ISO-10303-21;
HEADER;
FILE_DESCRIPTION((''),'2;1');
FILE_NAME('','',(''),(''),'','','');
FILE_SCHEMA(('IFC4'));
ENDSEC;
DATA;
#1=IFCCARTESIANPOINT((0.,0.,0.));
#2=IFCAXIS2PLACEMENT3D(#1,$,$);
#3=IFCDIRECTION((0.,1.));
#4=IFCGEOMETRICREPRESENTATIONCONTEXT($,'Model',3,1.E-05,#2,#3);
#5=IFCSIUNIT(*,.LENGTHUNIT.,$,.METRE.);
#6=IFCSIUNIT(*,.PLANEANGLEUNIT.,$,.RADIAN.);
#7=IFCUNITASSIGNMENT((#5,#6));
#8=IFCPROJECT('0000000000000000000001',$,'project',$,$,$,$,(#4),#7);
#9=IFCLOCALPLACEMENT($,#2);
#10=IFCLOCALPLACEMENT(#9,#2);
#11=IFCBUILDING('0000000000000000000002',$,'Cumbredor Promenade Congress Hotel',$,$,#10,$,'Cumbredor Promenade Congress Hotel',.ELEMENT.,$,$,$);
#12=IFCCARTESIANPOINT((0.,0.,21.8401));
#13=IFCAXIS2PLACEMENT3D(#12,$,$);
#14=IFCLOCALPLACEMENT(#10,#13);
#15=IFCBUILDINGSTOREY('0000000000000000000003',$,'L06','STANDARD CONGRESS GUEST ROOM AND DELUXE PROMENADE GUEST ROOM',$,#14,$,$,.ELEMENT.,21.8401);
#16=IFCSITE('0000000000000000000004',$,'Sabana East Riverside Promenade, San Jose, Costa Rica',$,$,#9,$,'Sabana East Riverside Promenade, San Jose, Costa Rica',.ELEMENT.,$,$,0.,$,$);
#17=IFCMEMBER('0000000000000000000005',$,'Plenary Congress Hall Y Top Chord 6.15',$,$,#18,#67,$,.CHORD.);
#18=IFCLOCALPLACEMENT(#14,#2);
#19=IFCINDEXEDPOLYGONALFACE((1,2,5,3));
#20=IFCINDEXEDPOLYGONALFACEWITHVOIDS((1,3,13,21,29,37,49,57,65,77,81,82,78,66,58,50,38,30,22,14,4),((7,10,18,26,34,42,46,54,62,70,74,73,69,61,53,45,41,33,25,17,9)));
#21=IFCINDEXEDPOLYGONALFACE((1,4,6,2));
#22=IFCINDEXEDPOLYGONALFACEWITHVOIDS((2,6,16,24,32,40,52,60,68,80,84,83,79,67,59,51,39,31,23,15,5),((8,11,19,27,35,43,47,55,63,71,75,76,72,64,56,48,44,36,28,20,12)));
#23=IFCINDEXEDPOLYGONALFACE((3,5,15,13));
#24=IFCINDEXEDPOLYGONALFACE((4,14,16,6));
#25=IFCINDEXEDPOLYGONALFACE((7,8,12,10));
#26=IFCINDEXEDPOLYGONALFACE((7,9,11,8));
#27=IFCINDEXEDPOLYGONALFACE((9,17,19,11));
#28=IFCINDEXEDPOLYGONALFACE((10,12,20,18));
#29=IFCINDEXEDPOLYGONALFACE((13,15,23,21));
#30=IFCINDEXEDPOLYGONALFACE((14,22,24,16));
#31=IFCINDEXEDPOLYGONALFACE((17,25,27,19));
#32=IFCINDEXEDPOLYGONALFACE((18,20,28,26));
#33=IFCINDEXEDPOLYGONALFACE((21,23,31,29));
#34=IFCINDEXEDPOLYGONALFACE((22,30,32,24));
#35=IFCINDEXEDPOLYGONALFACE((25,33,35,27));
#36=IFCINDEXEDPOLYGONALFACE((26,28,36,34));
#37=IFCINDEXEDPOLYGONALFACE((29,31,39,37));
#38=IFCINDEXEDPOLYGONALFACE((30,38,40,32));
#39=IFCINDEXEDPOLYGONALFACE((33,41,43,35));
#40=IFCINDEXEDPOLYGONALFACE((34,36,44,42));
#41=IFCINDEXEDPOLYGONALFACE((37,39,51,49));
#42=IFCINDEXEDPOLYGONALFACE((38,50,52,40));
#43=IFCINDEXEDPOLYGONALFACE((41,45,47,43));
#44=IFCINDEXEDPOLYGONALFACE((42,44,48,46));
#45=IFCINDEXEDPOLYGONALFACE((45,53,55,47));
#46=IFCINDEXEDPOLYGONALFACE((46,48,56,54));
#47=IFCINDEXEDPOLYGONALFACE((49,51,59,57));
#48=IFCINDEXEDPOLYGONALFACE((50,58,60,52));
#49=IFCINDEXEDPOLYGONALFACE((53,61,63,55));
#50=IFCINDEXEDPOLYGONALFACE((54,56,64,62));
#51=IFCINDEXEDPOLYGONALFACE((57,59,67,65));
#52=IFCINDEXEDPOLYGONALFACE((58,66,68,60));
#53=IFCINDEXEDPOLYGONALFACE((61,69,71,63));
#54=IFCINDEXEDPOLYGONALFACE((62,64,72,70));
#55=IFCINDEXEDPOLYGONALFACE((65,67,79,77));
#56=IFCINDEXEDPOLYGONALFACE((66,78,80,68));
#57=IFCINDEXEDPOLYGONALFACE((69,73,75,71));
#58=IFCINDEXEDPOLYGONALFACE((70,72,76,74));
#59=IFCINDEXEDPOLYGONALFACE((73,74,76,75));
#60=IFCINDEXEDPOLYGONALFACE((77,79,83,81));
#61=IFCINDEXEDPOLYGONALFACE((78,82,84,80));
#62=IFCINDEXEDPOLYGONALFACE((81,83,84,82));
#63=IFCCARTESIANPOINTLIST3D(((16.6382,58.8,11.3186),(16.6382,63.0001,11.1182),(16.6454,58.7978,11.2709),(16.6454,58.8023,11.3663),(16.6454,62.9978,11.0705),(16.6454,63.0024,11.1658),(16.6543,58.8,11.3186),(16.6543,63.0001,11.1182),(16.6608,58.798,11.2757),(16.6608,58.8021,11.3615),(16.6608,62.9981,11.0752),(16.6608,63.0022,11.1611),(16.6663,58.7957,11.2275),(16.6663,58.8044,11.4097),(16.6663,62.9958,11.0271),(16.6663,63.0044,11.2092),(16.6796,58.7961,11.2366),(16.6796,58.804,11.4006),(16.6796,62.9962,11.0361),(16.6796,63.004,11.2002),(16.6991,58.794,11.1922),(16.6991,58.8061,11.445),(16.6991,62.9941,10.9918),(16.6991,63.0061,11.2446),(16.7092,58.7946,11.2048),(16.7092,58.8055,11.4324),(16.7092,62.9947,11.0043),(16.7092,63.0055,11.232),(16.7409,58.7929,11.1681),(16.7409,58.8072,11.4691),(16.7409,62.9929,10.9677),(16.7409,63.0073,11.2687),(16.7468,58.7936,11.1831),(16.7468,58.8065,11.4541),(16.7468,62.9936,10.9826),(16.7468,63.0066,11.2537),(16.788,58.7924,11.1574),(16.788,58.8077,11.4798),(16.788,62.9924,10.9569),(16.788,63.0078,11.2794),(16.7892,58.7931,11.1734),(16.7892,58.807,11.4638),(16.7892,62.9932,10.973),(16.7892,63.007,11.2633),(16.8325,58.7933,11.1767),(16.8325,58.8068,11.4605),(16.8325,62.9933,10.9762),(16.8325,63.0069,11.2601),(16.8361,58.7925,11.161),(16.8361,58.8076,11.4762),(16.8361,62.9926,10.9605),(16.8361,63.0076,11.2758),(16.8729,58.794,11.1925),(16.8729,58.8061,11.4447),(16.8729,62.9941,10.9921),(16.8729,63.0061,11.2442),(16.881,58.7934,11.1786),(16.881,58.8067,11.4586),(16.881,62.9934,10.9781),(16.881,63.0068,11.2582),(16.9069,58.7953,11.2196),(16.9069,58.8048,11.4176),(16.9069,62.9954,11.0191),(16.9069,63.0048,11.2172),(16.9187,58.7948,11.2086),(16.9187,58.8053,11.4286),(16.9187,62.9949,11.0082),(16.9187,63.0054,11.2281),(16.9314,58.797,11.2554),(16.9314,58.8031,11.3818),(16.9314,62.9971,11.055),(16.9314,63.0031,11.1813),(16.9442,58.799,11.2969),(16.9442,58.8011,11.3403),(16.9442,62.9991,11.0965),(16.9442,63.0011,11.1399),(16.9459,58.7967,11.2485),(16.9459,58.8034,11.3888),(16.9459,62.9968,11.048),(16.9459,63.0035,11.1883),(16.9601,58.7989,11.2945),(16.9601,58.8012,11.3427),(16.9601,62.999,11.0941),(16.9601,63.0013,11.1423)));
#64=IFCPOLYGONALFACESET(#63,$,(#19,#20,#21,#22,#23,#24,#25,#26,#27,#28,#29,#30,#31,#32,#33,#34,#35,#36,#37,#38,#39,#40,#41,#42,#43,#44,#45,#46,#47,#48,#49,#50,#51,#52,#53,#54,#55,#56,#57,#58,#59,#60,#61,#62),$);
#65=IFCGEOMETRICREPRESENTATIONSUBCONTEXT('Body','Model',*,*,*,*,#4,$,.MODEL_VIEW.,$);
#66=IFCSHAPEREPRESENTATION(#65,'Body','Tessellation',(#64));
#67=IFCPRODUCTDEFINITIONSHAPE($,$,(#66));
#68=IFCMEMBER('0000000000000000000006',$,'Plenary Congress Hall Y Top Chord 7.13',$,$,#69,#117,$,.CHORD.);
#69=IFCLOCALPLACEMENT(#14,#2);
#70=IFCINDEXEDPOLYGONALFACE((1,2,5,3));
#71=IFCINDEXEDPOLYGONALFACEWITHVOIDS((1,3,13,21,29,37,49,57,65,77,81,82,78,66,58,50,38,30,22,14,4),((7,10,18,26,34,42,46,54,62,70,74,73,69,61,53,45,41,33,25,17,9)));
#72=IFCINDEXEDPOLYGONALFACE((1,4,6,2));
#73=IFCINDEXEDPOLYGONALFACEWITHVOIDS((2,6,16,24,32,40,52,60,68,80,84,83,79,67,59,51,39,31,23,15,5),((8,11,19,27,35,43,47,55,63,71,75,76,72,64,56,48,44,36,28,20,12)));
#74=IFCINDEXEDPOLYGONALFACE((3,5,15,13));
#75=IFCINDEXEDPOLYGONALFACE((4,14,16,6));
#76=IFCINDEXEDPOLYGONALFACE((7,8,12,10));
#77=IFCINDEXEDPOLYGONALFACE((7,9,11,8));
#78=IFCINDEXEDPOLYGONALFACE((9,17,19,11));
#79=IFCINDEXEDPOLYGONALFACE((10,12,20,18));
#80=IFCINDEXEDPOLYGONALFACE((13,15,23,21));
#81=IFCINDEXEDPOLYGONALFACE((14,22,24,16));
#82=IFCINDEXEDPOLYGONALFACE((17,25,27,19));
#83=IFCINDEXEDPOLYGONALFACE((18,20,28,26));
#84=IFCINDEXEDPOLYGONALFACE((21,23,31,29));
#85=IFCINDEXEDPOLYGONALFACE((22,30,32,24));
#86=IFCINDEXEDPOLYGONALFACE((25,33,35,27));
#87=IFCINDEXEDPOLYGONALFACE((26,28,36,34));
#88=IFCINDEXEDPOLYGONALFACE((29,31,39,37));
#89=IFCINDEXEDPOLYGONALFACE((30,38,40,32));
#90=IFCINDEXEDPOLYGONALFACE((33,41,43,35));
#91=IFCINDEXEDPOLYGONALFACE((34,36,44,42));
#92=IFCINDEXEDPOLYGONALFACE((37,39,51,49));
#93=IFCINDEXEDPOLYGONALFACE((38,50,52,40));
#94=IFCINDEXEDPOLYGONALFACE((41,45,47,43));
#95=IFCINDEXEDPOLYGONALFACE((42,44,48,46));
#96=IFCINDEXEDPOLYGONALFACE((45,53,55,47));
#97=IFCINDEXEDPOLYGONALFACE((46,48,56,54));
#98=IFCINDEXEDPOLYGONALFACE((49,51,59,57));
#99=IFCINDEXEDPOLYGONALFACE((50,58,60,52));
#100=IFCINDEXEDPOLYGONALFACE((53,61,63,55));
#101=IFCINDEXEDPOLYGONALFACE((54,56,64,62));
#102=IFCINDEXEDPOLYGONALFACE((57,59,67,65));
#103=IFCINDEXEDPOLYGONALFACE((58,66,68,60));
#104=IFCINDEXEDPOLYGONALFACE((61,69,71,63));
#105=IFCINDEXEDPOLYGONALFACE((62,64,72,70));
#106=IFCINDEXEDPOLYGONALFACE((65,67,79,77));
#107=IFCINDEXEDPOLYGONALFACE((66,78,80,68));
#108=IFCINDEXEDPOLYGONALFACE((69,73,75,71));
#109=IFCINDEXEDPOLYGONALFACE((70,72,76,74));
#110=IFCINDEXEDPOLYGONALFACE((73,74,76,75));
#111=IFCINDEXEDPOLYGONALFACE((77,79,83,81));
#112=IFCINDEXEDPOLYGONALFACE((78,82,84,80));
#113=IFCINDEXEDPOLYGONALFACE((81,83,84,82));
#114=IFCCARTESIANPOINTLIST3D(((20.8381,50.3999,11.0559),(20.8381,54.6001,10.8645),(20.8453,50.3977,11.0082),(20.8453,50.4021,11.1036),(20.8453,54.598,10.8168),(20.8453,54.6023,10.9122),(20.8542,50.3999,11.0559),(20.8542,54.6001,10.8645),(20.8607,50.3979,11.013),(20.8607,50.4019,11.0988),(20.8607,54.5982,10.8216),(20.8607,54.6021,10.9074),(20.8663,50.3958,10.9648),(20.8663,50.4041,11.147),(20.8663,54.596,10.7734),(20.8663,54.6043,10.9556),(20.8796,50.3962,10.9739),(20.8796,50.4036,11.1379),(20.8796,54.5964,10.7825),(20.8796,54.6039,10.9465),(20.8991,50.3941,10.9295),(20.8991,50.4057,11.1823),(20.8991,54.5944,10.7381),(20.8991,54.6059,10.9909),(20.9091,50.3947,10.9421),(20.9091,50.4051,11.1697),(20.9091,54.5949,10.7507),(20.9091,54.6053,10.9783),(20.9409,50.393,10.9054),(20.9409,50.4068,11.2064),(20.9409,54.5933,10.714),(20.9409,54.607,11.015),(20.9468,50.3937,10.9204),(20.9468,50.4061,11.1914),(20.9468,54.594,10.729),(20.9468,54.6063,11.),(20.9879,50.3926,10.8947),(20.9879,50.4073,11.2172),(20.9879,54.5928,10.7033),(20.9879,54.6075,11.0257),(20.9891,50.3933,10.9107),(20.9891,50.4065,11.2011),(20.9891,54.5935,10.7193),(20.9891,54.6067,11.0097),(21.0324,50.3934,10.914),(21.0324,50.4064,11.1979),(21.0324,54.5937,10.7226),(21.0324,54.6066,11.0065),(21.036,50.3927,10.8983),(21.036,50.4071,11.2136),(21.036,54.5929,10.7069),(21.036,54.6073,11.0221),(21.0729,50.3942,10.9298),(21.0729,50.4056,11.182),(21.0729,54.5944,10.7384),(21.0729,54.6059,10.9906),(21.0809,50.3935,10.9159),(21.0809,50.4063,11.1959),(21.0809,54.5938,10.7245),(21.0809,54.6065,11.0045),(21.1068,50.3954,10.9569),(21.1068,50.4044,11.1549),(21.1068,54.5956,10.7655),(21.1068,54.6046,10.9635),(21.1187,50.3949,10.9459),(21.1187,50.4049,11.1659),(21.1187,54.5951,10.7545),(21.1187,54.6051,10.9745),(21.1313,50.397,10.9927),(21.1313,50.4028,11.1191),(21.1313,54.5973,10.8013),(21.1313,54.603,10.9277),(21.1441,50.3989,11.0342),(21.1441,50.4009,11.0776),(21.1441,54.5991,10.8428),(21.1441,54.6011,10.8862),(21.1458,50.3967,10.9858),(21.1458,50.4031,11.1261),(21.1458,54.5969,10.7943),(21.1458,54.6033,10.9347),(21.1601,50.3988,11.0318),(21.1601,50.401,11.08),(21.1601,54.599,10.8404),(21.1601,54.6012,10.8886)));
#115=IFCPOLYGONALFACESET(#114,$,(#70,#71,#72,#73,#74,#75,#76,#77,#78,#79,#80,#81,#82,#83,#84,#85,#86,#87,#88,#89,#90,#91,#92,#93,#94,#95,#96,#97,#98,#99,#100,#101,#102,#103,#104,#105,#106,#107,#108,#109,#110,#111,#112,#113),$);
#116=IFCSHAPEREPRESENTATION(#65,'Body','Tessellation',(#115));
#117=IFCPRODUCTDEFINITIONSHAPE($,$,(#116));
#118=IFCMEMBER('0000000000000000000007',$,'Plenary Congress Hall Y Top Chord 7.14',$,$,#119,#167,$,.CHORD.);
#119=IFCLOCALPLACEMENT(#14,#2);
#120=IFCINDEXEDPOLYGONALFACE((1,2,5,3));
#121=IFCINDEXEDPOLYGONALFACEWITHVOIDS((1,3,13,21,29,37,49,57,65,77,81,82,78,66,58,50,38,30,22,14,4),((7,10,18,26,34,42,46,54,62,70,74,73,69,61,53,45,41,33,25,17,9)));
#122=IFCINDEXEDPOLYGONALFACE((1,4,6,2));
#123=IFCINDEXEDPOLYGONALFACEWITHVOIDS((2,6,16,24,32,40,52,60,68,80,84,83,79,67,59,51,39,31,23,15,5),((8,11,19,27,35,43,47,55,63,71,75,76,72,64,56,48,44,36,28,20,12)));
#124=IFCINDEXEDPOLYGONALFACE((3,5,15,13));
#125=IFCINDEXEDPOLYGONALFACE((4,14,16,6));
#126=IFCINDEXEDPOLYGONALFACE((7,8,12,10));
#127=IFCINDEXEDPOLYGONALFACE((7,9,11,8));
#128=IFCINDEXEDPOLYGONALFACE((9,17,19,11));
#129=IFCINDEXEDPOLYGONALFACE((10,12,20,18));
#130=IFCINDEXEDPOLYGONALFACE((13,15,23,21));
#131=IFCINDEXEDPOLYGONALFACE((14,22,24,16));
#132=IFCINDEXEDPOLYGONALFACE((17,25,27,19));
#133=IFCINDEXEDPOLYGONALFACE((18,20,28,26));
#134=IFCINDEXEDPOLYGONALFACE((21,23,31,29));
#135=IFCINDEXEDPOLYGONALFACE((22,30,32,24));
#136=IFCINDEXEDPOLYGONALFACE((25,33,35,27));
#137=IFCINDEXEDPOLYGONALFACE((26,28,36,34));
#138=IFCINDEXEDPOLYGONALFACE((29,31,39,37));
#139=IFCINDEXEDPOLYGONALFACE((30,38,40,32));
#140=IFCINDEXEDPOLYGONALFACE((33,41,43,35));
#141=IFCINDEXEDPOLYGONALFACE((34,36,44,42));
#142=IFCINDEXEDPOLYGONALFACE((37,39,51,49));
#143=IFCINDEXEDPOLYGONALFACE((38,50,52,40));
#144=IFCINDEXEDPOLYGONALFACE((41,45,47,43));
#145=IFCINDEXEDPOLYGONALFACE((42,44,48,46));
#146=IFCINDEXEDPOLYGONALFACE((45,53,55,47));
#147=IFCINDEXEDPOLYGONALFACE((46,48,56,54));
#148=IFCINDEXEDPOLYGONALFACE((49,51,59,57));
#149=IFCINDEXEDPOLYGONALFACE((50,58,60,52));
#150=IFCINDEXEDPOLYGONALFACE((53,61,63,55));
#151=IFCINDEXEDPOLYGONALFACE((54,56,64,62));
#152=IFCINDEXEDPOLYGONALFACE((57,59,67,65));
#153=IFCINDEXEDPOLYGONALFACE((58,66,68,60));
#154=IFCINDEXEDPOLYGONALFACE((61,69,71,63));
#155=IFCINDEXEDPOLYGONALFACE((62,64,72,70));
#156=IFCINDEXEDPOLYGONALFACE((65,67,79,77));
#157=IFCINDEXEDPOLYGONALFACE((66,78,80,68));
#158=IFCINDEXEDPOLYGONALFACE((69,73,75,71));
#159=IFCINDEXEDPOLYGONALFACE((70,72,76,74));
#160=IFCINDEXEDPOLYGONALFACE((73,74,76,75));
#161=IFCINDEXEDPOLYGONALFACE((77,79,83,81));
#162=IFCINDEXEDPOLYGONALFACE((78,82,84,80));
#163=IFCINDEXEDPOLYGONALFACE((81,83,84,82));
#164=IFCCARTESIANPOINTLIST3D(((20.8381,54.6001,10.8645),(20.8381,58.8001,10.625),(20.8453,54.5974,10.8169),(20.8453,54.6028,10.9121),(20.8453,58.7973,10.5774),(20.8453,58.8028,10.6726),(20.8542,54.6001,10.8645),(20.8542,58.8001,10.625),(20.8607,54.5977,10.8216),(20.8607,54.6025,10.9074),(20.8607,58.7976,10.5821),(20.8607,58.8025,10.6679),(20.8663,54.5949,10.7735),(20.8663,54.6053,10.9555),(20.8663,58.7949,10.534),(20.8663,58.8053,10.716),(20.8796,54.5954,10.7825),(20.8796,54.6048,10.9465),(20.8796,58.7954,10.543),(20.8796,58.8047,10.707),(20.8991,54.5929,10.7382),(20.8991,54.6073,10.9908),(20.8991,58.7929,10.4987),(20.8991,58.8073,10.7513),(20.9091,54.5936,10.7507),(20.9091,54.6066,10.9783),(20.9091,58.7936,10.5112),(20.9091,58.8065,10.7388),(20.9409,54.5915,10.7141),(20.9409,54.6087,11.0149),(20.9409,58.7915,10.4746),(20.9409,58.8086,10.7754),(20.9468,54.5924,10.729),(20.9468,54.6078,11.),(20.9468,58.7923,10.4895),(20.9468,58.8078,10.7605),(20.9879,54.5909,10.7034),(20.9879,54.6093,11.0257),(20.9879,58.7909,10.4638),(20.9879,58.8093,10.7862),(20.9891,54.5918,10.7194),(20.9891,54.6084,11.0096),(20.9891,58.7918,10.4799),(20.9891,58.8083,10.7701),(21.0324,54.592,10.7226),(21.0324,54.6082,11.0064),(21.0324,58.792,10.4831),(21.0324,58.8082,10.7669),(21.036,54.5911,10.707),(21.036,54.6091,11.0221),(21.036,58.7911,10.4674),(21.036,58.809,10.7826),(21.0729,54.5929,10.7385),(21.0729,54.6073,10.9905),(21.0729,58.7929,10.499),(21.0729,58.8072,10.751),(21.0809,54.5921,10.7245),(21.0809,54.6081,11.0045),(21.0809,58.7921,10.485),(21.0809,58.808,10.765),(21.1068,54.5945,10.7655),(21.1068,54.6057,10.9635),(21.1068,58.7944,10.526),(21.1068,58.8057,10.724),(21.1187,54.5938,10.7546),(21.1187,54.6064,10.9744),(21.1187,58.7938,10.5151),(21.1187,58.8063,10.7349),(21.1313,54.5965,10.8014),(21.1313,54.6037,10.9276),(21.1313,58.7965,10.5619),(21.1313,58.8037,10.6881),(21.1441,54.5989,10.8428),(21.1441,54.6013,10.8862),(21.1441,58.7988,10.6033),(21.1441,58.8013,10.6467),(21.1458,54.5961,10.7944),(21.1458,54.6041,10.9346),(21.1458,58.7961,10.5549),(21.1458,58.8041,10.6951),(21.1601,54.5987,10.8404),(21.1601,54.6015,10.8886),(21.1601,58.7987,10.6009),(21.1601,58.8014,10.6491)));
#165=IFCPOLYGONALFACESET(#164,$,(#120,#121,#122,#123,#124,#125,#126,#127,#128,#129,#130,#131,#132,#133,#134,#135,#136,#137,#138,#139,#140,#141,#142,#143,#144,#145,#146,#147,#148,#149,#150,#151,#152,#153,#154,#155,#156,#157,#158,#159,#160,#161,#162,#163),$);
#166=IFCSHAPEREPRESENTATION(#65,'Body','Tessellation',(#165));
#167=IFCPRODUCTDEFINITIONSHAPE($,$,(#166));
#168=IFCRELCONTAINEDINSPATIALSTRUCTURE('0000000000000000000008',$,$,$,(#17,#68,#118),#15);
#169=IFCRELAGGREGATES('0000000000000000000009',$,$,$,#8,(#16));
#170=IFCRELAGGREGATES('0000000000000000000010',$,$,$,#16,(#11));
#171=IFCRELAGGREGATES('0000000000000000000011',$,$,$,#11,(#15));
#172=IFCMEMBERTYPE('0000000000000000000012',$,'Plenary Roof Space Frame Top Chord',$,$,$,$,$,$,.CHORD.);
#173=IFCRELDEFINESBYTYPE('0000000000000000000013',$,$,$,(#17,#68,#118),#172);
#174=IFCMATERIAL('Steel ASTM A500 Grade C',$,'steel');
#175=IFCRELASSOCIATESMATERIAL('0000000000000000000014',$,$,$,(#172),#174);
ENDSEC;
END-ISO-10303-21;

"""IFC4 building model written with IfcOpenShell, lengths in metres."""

from ifc_helpers import new_model, si_unit, direction, frame, origin, origin_2d, place, context, subcontext, project, spatial, hollow_circle, extrude, material, material_profile, profile_set, type_object, element, save


model = new_model("IFC4")

# Units and contexts
model_context = context("Model", 3, precision=1e-05, world=origin(), true_north=direction((0.0, 1.0)))
body_context = subcontext(model_context, "Body", "Model", "MODEL_VIEW")
ifc_project = project(units=[si_unit("LENGTHUNIT", "METRE"), si_unit("PLANEANGLEUNIT", "RADIAN")], contexts=[model_context])

# Site, building, storey
site_placement = place(None, origin())
site = spatial("IfcSite", under=ifc_project, at=site_placement, Name="Sabana East Riverside Promenade, San Jose, Costa Rica", LongName="Sabana East Riverside Promenade, San Jose, Costa Rica", CompositionType="ELEMENT", RefElevation=0.0)
building_placement = place(site_placement, origin())
building = spatial("IfcBuilding", under=site, at=building_placement, Name="Cumbredor Promenade Congress Hotel", LongName="Cumbredor Promenade Congress Hotel", CompositionType="ELEMENT")
storey_placement = place(building_placement, frame((0.0, 0.0, 21.8401)))
storey = spatial("IfcBuildingStorey", under=building, at=storey_placement, Name="L06", Description="STANDARD CONGRESS GUEST ROOM AND DELUXE PROMENADE GUEST ROOM", CompositionType="ELEMENT", Elevation=21.8401)

# Members
ifc_material_1 = material(Name="Steel ASTM A500 Grade C", Category="steel")
ifc_material_profile_1 = material_profile(ifc_material_1, hollow_circle(Radius=0.1619, WallThickness=0.0161, at=origin_2d()), Name="CHS 323.9x16")
ifc_profile_set_1 = profile_set([ifc_material_profile_1], Name="Steel ASTM A500 Grade C")
member_type_1 = type_object("IfcMemberType", Name="Plenary Roof Space Frame Top Chord", PredefinedType="CHORD", material=ifc_profile_set_1)
member_1_placement = place(storey_placement, frame((16.8, 58.8, 11.3186), z_axis=(0.0, 0.998863, -0.04767), x_axis=(-1.0, 0.0, 0.0)))
element("IfcMember", 1, at=member_1_placement, inside=storey, type_object=member_type_1, Name="Plenary Congress Hall Y Top Chord 6.15", PredefinedType="CHORD", context=body_context, shape_type="SweptSolid", body=[
    extrude(hollow_circle(Radius=0.1619, WallThickness=0.0161, at=origin_2d()), origin(), (0.0, 0.0, 1.0), 4.2048),
])
member_2_placement = place(storey_placement, frame((21.0, 50.3999, 11.0559), z_axis=(0.0, 0.998963, -0.045524), x_axis=(-1.0, 0.0, 0.0)))
element("IfcMember", 2, at=member_2_placement, inside=storey, type_object=member_type_1, Name="Plenary Congress Hall Y Top Chord 7.13", PredefinedType="CHORD", context=body_context, shape_type="SweptSolid", body=[
    extrude(hollow_circle(Radius=0.1619, WallThickness=0.0161, at=origin_2d()), origin(), (0.0, 0.0, 1.0), 4.2046),
])
member_3_placement = place(storey_placement, frame((21.0, 54.6001, 10.8645), z_axis=(0.0, 0.998378, -0.056932), x_axis=(-1.0, 0.0, 0.0)))
element("IfcMember", 3, at=member_3_placement, inside=storey, type_object=member_type_1, Name="Plenary Congress Hall Y Top Chord 7.14", PredefinedType="CHORD", context=body_context, shape_type="SweptSolid", body=[
    extrude(hollow_circle(Radius=0.1619, WallThickness=0.0161, at=origin_2d()), origin(), (0.0, 0.0, 1.0), 4.2068),
])

save(model, "model.ifc")
